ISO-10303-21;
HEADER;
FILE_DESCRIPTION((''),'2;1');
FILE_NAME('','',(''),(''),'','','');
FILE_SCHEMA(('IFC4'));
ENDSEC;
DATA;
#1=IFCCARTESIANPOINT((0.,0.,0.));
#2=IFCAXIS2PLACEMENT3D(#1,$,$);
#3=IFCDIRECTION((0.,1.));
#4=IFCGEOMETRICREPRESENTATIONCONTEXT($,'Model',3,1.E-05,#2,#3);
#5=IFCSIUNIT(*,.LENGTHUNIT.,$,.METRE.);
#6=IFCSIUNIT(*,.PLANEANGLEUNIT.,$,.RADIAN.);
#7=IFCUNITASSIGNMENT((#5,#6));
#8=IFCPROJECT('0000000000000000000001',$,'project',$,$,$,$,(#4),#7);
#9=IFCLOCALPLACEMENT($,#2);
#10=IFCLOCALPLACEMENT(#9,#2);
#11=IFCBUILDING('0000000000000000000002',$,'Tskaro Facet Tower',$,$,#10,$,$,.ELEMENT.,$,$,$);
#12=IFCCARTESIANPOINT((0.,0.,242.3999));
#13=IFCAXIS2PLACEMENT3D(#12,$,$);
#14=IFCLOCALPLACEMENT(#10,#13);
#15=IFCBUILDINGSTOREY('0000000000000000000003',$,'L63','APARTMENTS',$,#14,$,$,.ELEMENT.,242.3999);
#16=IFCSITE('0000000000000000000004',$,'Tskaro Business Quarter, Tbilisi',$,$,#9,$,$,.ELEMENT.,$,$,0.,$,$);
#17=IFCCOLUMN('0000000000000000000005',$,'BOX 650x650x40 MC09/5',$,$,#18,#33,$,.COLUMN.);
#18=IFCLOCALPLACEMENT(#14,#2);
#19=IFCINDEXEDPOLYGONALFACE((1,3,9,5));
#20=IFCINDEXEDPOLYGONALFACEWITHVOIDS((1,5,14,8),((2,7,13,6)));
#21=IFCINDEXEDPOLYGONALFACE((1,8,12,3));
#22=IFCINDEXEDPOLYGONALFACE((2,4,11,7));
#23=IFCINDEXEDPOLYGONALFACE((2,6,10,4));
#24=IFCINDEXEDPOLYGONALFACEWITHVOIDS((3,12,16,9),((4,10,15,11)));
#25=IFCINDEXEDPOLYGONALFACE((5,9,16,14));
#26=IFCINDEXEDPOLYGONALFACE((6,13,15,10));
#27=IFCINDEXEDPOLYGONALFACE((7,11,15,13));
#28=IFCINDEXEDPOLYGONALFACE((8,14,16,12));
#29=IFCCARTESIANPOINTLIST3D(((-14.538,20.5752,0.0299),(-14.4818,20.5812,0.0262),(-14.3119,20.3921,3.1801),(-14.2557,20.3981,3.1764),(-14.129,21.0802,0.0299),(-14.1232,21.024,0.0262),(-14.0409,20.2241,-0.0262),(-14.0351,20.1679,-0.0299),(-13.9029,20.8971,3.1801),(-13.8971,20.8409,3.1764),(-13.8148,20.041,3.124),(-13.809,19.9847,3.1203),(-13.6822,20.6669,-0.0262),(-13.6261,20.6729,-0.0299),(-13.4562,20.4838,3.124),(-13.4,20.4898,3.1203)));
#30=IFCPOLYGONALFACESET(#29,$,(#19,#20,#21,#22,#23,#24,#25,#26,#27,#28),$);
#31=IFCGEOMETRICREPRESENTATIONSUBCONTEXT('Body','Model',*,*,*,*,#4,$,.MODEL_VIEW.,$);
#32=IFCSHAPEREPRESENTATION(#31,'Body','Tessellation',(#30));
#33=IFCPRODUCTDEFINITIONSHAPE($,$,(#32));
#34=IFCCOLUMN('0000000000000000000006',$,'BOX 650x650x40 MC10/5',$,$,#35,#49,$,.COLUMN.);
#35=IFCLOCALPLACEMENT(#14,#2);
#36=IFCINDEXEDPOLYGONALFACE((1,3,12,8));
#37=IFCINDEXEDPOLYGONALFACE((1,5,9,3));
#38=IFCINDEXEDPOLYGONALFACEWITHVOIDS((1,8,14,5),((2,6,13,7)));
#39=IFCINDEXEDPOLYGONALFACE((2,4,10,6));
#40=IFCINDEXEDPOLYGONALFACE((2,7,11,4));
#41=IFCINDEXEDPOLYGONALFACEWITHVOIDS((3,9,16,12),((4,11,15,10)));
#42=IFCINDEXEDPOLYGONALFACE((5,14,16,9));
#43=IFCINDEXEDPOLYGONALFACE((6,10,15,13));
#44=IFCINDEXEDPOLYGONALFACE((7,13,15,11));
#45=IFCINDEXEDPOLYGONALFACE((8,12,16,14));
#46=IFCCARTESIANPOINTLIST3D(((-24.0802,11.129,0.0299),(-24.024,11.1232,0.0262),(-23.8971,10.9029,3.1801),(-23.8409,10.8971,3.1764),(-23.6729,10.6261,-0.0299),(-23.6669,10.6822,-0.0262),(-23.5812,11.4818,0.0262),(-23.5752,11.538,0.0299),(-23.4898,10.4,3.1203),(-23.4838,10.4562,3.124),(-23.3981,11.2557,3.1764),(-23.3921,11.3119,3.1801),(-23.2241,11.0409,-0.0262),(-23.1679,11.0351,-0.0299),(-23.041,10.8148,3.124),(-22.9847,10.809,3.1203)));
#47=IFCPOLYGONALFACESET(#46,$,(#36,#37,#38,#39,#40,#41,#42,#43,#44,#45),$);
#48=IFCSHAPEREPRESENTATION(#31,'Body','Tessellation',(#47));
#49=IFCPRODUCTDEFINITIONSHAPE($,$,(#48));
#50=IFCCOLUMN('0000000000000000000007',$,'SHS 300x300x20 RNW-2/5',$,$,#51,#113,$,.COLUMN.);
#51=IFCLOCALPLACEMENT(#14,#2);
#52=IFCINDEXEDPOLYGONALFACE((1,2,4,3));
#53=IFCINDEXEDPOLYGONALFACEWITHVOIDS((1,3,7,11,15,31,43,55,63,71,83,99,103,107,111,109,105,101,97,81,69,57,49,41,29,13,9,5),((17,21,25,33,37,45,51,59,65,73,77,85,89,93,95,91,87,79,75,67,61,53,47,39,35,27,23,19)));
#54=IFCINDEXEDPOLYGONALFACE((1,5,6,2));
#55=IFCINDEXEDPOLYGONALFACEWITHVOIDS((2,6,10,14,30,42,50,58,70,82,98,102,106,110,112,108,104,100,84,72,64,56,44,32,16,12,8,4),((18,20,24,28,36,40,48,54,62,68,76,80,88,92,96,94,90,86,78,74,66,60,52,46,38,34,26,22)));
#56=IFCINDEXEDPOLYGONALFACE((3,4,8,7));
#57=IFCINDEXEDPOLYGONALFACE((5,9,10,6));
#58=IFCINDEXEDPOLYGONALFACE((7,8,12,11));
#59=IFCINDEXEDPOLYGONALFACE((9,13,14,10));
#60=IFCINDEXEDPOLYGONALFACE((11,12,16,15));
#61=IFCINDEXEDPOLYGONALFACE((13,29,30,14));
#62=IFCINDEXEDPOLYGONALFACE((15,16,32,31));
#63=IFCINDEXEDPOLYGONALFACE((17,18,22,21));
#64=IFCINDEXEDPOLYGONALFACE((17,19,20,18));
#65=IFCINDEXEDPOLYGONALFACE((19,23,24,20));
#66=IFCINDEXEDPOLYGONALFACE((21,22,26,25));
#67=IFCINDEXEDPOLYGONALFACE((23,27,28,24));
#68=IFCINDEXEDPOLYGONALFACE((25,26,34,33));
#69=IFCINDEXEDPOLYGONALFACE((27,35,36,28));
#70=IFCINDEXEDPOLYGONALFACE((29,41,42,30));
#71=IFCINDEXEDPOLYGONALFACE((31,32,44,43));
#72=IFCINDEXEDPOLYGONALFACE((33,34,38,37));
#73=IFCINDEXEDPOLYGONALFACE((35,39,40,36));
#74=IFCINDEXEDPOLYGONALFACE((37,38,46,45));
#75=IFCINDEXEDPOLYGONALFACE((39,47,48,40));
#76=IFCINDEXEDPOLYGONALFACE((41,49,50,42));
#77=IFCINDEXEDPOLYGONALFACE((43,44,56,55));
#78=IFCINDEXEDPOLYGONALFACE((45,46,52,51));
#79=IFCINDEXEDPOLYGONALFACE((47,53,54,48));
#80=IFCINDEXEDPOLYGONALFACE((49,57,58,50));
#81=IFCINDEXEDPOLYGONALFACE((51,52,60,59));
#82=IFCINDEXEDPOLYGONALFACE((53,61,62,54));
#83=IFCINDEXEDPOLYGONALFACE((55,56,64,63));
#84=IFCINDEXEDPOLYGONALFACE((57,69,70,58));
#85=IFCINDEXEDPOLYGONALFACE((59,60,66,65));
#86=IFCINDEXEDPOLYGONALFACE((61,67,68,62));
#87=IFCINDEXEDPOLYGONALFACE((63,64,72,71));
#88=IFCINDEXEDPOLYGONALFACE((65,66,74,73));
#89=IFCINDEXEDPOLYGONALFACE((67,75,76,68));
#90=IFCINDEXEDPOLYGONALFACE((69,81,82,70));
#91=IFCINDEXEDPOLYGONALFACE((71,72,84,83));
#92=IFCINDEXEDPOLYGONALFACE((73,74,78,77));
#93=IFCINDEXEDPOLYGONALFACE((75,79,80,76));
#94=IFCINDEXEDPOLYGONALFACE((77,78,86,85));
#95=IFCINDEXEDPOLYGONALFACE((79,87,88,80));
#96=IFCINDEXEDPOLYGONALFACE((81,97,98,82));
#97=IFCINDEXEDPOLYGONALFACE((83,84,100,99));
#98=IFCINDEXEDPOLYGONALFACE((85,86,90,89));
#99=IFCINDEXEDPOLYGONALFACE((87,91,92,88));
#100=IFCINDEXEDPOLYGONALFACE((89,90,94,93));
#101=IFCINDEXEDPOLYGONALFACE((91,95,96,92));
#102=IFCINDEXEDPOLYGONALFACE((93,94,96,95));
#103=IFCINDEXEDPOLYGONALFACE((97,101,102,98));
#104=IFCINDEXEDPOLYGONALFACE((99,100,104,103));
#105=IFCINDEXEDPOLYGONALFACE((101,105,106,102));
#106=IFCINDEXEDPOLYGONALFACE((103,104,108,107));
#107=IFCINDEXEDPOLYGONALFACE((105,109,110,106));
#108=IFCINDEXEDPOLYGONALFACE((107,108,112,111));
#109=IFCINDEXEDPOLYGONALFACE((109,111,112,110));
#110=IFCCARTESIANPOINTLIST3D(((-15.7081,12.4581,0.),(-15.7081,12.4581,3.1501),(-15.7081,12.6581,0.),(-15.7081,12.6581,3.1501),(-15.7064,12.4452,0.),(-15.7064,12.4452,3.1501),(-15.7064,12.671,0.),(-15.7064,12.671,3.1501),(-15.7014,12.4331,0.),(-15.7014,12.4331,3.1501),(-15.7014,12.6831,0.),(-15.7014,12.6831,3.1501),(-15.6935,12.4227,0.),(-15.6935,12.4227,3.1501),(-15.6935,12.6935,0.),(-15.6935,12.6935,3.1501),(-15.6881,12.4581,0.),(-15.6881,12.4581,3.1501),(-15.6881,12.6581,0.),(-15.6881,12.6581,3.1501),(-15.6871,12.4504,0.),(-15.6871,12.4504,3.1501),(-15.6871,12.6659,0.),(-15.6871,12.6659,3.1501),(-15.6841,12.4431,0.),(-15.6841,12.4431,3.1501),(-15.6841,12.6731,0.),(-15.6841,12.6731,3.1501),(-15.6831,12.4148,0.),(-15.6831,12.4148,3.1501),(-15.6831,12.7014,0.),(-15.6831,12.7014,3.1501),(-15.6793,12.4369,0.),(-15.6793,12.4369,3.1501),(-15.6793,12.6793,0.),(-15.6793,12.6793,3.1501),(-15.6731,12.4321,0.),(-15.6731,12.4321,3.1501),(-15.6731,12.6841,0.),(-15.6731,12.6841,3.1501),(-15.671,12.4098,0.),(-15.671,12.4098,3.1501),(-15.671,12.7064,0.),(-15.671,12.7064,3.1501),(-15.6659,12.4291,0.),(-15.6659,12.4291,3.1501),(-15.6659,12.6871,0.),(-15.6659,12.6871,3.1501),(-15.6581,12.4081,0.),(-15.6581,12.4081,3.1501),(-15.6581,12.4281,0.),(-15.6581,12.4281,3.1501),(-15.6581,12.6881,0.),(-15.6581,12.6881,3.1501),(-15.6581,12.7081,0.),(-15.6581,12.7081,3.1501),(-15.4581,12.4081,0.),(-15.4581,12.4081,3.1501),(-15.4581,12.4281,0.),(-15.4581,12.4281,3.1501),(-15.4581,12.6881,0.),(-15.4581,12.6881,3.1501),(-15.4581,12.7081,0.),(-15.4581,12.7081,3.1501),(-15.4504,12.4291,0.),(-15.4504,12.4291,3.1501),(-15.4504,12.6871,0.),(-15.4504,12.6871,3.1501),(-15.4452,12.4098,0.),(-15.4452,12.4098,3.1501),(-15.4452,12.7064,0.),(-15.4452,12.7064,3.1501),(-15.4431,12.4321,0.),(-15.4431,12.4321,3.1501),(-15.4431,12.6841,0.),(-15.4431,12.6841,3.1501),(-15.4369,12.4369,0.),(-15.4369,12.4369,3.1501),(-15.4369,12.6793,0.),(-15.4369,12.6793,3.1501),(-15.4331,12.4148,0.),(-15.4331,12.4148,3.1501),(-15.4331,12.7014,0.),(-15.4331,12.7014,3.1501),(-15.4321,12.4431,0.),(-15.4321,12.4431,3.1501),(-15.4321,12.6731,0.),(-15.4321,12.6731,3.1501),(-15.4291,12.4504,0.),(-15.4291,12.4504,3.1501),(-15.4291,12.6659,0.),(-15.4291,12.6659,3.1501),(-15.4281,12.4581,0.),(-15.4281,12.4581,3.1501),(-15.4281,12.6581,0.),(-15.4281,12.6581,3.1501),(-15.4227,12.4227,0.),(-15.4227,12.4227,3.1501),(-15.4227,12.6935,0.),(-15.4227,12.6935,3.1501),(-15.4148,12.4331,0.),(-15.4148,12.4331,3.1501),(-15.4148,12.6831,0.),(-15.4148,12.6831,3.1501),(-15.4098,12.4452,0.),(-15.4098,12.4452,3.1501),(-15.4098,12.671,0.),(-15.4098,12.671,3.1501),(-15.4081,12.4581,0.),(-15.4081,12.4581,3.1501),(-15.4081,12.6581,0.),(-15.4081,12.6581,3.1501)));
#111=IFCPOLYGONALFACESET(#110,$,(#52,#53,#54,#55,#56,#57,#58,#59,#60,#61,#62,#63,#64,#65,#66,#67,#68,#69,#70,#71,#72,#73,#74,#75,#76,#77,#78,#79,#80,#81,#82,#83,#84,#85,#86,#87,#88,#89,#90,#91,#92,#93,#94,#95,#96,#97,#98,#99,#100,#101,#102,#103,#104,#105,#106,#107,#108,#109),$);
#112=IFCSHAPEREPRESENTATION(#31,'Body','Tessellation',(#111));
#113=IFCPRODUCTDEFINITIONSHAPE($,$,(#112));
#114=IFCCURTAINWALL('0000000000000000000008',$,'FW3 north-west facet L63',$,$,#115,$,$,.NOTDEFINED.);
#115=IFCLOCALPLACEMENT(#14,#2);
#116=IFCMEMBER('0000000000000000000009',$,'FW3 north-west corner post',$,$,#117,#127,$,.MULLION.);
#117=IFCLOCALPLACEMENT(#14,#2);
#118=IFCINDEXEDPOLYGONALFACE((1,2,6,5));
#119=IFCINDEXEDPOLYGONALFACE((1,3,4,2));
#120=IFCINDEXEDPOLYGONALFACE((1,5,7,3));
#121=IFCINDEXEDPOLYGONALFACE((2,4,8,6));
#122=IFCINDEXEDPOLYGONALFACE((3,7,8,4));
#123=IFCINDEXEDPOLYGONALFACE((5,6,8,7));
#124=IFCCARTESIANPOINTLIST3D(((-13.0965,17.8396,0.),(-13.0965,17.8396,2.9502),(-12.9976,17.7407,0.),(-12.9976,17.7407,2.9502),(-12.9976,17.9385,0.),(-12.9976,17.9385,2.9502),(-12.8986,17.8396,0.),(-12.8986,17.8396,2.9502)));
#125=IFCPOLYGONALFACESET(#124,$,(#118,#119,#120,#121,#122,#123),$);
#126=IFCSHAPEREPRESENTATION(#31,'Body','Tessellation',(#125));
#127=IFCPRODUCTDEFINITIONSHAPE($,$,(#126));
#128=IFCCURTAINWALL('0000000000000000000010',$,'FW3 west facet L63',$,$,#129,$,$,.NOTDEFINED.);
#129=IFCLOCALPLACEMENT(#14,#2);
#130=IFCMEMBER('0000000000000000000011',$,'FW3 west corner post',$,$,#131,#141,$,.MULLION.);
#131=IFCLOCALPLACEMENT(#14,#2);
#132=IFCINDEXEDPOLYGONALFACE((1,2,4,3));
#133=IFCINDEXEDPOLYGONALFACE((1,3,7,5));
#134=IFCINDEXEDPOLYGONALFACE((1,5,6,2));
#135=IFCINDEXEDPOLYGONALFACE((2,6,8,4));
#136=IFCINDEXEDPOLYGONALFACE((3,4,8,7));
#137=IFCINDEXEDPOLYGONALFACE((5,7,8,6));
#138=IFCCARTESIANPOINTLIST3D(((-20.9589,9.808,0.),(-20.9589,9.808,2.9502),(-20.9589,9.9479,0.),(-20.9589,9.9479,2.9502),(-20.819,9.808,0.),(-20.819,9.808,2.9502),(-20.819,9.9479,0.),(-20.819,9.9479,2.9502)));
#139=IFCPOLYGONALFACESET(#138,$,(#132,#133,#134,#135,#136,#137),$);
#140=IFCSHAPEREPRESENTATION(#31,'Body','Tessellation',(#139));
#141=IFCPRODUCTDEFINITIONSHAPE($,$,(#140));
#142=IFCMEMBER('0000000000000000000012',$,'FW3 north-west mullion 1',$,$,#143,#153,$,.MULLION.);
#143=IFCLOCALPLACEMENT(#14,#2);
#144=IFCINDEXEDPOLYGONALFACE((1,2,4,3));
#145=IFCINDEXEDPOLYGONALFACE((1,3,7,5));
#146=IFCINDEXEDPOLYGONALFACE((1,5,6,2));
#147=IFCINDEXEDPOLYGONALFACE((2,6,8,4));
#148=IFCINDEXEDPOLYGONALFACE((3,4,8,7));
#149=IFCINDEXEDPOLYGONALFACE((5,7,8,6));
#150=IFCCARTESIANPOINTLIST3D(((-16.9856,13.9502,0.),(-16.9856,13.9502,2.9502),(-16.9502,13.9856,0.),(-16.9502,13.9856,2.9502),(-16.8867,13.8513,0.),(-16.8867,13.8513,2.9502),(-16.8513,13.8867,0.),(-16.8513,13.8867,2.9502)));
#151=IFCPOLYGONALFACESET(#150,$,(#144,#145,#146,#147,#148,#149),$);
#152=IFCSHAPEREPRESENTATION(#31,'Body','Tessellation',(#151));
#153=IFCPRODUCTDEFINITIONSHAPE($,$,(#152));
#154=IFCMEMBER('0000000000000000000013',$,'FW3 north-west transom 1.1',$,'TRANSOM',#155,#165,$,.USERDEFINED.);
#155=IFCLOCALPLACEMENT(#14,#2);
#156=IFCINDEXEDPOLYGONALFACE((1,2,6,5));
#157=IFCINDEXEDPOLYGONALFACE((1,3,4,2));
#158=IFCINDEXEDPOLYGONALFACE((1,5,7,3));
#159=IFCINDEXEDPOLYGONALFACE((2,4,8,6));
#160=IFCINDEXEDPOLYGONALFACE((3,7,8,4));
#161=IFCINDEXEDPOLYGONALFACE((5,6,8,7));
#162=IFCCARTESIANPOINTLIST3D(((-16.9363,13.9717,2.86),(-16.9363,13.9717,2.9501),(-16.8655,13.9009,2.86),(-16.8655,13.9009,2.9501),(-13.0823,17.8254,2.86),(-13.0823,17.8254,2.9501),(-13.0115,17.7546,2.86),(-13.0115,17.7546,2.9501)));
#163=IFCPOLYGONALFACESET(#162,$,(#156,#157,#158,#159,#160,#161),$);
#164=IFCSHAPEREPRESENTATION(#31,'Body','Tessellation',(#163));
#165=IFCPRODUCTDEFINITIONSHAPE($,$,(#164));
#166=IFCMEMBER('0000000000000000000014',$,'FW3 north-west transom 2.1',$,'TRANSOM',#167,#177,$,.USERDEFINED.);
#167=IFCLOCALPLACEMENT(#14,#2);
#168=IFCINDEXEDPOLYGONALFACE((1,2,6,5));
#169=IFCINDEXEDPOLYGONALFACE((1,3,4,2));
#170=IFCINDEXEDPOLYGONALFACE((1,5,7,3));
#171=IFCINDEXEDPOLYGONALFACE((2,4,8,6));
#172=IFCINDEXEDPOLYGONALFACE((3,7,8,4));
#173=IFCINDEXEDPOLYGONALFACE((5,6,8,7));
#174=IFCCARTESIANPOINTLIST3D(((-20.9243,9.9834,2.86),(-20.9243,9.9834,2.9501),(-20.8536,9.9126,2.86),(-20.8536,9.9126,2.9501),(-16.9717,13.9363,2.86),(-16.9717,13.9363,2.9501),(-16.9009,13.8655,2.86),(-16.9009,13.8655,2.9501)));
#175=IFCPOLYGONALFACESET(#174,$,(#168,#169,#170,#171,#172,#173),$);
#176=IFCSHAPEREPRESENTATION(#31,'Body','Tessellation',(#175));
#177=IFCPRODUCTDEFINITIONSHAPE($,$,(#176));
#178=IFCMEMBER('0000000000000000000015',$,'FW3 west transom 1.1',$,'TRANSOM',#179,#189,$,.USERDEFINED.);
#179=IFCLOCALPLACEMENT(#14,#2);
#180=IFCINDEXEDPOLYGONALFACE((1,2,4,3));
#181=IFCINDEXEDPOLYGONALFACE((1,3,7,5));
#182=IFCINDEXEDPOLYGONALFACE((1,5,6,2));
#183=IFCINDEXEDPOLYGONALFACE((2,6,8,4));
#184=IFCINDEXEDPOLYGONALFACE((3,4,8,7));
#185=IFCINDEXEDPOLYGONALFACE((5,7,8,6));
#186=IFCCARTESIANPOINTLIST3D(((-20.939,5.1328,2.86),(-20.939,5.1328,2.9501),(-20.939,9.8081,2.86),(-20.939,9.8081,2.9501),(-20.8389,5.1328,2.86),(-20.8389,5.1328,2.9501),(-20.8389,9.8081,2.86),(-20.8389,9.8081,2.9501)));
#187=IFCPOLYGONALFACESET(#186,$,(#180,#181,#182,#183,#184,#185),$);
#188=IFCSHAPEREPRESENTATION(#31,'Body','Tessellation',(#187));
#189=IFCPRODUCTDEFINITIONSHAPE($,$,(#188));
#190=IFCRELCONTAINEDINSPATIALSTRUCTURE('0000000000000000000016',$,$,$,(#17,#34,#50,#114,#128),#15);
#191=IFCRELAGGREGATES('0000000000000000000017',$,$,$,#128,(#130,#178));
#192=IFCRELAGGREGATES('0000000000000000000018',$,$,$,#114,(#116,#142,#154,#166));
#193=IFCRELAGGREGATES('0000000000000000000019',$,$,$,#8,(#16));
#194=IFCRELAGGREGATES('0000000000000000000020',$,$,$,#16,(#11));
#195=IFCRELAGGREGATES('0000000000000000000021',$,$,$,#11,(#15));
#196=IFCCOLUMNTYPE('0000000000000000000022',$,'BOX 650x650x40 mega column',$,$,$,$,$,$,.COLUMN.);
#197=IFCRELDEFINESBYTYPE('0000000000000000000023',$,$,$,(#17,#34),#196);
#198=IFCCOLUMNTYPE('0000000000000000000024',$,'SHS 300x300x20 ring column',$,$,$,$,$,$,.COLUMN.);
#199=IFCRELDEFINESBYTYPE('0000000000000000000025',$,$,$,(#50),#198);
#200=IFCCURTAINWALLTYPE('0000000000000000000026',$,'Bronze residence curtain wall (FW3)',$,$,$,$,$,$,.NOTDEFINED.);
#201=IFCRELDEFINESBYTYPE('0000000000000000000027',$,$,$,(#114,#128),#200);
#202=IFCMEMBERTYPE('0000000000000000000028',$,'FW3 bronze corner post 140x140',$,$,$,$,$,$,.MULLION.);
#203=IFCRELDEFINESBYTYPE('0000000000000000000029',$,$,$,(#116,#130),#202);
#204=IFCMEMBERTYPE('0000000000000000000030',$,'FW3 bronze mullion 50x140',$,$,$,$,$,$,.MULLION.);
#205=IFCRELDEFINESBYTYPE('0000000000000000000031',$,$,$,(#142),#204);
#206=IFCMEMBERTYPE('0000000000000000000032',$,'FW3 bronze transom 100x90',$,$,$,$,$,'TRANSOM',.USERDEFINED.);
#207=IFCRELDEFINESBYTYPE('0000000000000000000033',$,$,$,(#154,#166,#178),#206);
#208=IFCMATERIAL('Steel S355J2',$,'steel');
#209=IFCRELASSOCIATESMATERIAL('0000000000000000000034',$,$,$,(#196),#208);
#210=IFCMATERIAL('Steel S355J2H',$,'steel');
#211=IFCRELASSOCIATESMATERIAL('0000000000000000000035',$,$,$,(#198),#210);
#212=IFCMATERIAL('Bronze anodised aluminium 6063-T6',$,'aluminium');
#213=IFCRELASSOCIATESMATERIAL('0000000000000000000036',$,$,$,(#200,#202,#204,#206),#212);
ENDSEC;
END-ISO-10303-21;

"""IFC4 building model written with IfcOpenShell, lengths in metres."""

from ifc_helpers import new_model, si_unit, direction, frame, origin, origin_2d, place, context, subcontext, project, spatial, rectangle, hollow_rectangle, extrude, material, material_profile, profile_set, type_object, element, aggregate, save


model = new_model("IFC4")

# Units and contexts
model_context = context("Model", 3, precision=1e-05, world=origin(), true_north=direction((0.0, 1.0)))
body_context = subcontext(model_context, "Body", "Model", "MODEL_VIEW")
ifc_project = project(units=[si_unit("LENGTHUNIT", "METRE"), si_unit("PLANEANGLEUNIT", "RADIAN")], contexts=[model_context])

# Site, building, storey
site_placement = place(None, origin())
site = spatial("IfcSite", under=ifc_project, at=site_placement, Name="Tskaro Business Quarter, Tbilisi", CompositionType="ELEMENT", RefElevation=0.0)
building_placement = place(site_placement, origin())
building = spatial("IfcBuilding", under=site, at=building_placement, Name="Tskaro Facet Tower", CompositionType="ELEMENT")
storey_placement = place(building_placement, frame((0.0, 0.0, 242.3999)))
storey = spatial("IfcBuildingStorey", under=building, at=storey_placement, Name="L63", Description="APARTMENTS", CompositionType="ELEMENT", Elevation=242.3999)

# Columns
ifc_material_1 = material(Name="Steel S355J2", Category="steel")
ifc_material_profile_1 = material_profile(ifc_material_1, hollow_rectangle(XDim=0.6499, YDim=0.6499, WallThickness=0.04, at=origin_2d()), Name="BOX 650x650x40")
ifc_profile_set_1 = profile_set([ifc_material_profile_1], Name="Steel S355J2")
column_type_1 = type_object("IfcColumnType", Name="BOX 650x650x40 mega column", PredefinedType="COLUMN", material=ifc_profile_set_1)
for number, where, z_axis, x_axis, name in (
    (1, (-14.082, 20.624, 0.0), (0.071462, -0.05788, 0.995763), (0.629391, 0.777089, 0.0), "BOX 650x650x40 MC09/5"),
    (2, (-23.624, 11.082, 0.0), (0.05788, -0.071462, 0.995763), (0.777089, 0.629391, 0.0), "BOX 650x650x40 MC10/5"),
):
    element("IfcColumn", number, at=place(storey_placement, frame(where, z_axis=z_axis, x_axis=x_axis)), inside=storey, type_object=column_type_1, Name=name, PredefinedType="COLUMN", context=body_context, shape_type="SweptSolid", body=[
        extrude(hollow_rectangle(XDim=0.6499, YDim=0.6499, WallThickness=0.04, at=origin_2d()), origin(), (0.0, 0.0, 1.0), 3.1636),
    ])
ifc_material_2 = material(Name="Steel S355J2H", Category="steel")
ifc_material_profile_2 = material_profile(ifc_material_2, hollow_rectangle(XDim=0.3, YDim=0.3, WallThickness=0.02, InnerFilletRadius=0.03, OuterFilletRadius=0.05, at=origin_2d()), Name="SHS 300x300x20")
ifc_profile_set_2 = profile_set([ifc_material_profile_2], Name="Steel S355J2H")
column_type_2 = type_object("IfcColumnType", Name="SHS 300x300x20 ring column", PredefinedType="COLUMN", material=ifc_profile_set_2)
column_placement = place(storey_placement, frame((-15.5581, 12.5581, 0.0), z_axis=(0.0, 0.0, 1.0), x_axis=(1.0, 0.0, 0.0)))
element("IfcColumn", 3, at=column_placement, inside=storey, type_object=column_type_2, Name="SHS 300x300x20 RNW-2/5", PredefinedType="COLUMN", context=body_context, shape_type="SweptSolid", body=[
    extrude(hollow_rectangle(XDim=0.3, YDim=0.3, WallThickness=0.02, InnerFilletRadius=0.03, OuterFilletRadius=0.05, at=origin_2d()), origin(), (0.0, 0.0, 1.0), 3.1501),
])

# Curtain walls, members
ifc_material_3 = material(Name="Bronze anodised aluminium 6063-T6", Category="aluminium")
curtain_wall_type = type_object("IfcCurtainWallType", Name="Bronze residence curtain wall (FW3)", PredefinedType="NOTDEFINED", material=ifc_material_3)
curtain_wall_1_placement = place(storey_placement, origin())
curtain_wall_1 = element("IfcCurtainWall", 4, at=curtain_wall_1_placement, inside=storey, type_object=curtain_wall_type, Name="FW3 north-west facet L63", PredefinedType="NOTDEFINED")
ifc_material_profile_3 = material_profile(ifc_material_3, rectangle(XDim=0.1399, YDim=0.1399, at=origin_2d()), Name="Corner post 140x140")
ifc_profile_set_3 = profile_set([ifc_material_profile_3], Name="Bronze anodised aluminium 6063-T6")
member_type_1 = type_object("IfcMemberType", Name="FW3 bronze corner post 140x140", PredefinedType="MULLION", material=ifc_profile_set_3)
member_1_placement = place(storey_placement, frame((-12.9976, 17.8396, 0.0), z_axis=(0.0, 0.0, 1.0), x_axis=(-0.707107, -0.707107, 0.0)))
member_1 = element("IfcMember", 5, at=member_1_placement, type_object=member_type_1, Name="FW3 north-west corner post", PredefinedType="MULLION", context=body_context, shape_type="SweptSolid", body=[
    extrude(rectangle(XDim=0.1399, YDim=0.1399, at=origin_2d()), origin(), (0.0, 0.0, 1.0), 2.9502),
])
curtain_wall_2_placement = place(storey_placement, origin())
curtain_wall_2 = element("IfcCurtainWall", 6, at=curtain_wall_2_placement, inside=storey, type_object=curtain_wall_type, Name="FW3 west facet L63", PredefinedType="NOTDEFINED")
member_2_placement = place(storey_placement, frame((-20.8889, 9.8779, 0.0), z_axis=(0.0, 0.0, 1.0), x_axis=(0.0, -1.0, 0.0)))
member_2 = element("IfcMember", 7, at=member_2_placement, type_object=member_type_1, Name="FW3 west corner post", PredefinedType="MULLION", context=body_context, shape_type="SweptSolid", body=[
    extrude(rectangle(XDim=0.1399, YDim=0.1399, at=origin_2d()), origin(), (0.0, 0.0, 1.0), 2.9502),
])

# Members
ifc_material_profile_4 = material_profile(ifc_material_3, rectangle(XDim=0.05, YDim=0.1399, at=origin_2d()), Name="Mullion 50x140")
ifc_profile_set_4 = profile_set([ifc_material_profile_4], Name="Bronze anodised aluminium 6063-T6")
member_type_2 = type_object("IfcMemberType", Name="FW3 bronze mullion 50x140", PredefinedType="MULLION", material=ifc_profile_set_4)
member_3_placement = place(storey_placement, frame((-16.9185, 13.9185, 0.0), z_axis=(0.0, 0.0, 1.0), x_axis=(-0.707107, -0.707107, 0.0)))
member_3 = element("IfcMember", 8, at=member_3_placement, type_object=member_type_2, Name="FW3 north-west mullion 1", PredefinedType="MULLION", context=body_context, shape_type="SweptSolid", body=[
    extrude(rectangle(XDim=0.05, YDim=0.1399, at=origin_2d()), origin(), (0.0, 0.0, 1.0), 2.9502),
])
ifc_material_profile_5 = material_profile(ifc_material_3, rectangle(XDim=0.1001, YDim=0.0901, at=origin_2d()), Name="Transom 100x90")
ifc_profile_set_5 = profile_set([ifc_material_profile_5], Name="Bronze anodised aluminium 6063-T6")
member_type_3 = type_object("IfcMemberType", Name="FW3 bronze transom 100x90", ElementType="TRANSOM", PredefinedType="USERDEFINED", material=ifc_profile_set_5)
member_4_placement = place(storey_placement, frame((-13.0469, 17.79, 2.905), z_axis=(-0.707129, -0.707084, 0.0), x_axis=(0.707084, -0.707129, 0.0)))
member_4 = element("IfcMember", 9, at=member_4_placement, type_object=member_type_3, Name="FW3 north-west transom 1.1", ObjectType="TRANSOM", PredefinedType="USERDEFINED", context=body_context, shape_type="SweptSolid", body=[
    extrude(rectangle(XDim=0.1001, YDim=0.0901, at=origin_2d()), origin(), (0.0, 0.0, 1.0), 5.4502),
])
member_5_placement = place(storey_placement, frame((-16.9363, 13.9009, 2.905), z_axis=(-0.707085, -0.707129, 0.0), x_axis=(0.707129, -0.707085, 0.0)))
member_5 = element("IfcMember", 10, at=member_5_placement, type_object=member_type_3, Name="FW3 north-west transom 2.1", ObjectType="TRANSOM", PredefinedType="USERDEFINED", context=body_context, shape_type="SweptSolid", body=[
    extrude(rectangle(XDim=0.1001, YDim=0.0901, at=origin_2d()), origin(), (0.0, 0.0, 1.0), 5.5901),
])
member_6_placement = place(storey_placement, frame((-20.8889, 9.8081, 2.905), z_axis=(0.0, -1.0, 0.0), x_axis=(1.0, 0.0, 0.0)))
member_6 = element("IfcMember", 11, at=member_6_placement, type_object=member_type_3, Name="FW3 west transom 1.1", ObjectType="TRANSOM", PredefinedType="USERDEFINED", context=body_context, shape_type="SweptSolid", body=[
    extrude(rectangle(XDim=0.1001, YDim=0.0901, at=origin_2d()), origin(), (0.0, 0.0, 1.0), 4.6753),
])
aggregate(curtain_wall_2, [member_2, member_6])

aggregate(curtain_wall_1, [member_1, member_3, member_4, member_5])

save(model, "model.ifc")
